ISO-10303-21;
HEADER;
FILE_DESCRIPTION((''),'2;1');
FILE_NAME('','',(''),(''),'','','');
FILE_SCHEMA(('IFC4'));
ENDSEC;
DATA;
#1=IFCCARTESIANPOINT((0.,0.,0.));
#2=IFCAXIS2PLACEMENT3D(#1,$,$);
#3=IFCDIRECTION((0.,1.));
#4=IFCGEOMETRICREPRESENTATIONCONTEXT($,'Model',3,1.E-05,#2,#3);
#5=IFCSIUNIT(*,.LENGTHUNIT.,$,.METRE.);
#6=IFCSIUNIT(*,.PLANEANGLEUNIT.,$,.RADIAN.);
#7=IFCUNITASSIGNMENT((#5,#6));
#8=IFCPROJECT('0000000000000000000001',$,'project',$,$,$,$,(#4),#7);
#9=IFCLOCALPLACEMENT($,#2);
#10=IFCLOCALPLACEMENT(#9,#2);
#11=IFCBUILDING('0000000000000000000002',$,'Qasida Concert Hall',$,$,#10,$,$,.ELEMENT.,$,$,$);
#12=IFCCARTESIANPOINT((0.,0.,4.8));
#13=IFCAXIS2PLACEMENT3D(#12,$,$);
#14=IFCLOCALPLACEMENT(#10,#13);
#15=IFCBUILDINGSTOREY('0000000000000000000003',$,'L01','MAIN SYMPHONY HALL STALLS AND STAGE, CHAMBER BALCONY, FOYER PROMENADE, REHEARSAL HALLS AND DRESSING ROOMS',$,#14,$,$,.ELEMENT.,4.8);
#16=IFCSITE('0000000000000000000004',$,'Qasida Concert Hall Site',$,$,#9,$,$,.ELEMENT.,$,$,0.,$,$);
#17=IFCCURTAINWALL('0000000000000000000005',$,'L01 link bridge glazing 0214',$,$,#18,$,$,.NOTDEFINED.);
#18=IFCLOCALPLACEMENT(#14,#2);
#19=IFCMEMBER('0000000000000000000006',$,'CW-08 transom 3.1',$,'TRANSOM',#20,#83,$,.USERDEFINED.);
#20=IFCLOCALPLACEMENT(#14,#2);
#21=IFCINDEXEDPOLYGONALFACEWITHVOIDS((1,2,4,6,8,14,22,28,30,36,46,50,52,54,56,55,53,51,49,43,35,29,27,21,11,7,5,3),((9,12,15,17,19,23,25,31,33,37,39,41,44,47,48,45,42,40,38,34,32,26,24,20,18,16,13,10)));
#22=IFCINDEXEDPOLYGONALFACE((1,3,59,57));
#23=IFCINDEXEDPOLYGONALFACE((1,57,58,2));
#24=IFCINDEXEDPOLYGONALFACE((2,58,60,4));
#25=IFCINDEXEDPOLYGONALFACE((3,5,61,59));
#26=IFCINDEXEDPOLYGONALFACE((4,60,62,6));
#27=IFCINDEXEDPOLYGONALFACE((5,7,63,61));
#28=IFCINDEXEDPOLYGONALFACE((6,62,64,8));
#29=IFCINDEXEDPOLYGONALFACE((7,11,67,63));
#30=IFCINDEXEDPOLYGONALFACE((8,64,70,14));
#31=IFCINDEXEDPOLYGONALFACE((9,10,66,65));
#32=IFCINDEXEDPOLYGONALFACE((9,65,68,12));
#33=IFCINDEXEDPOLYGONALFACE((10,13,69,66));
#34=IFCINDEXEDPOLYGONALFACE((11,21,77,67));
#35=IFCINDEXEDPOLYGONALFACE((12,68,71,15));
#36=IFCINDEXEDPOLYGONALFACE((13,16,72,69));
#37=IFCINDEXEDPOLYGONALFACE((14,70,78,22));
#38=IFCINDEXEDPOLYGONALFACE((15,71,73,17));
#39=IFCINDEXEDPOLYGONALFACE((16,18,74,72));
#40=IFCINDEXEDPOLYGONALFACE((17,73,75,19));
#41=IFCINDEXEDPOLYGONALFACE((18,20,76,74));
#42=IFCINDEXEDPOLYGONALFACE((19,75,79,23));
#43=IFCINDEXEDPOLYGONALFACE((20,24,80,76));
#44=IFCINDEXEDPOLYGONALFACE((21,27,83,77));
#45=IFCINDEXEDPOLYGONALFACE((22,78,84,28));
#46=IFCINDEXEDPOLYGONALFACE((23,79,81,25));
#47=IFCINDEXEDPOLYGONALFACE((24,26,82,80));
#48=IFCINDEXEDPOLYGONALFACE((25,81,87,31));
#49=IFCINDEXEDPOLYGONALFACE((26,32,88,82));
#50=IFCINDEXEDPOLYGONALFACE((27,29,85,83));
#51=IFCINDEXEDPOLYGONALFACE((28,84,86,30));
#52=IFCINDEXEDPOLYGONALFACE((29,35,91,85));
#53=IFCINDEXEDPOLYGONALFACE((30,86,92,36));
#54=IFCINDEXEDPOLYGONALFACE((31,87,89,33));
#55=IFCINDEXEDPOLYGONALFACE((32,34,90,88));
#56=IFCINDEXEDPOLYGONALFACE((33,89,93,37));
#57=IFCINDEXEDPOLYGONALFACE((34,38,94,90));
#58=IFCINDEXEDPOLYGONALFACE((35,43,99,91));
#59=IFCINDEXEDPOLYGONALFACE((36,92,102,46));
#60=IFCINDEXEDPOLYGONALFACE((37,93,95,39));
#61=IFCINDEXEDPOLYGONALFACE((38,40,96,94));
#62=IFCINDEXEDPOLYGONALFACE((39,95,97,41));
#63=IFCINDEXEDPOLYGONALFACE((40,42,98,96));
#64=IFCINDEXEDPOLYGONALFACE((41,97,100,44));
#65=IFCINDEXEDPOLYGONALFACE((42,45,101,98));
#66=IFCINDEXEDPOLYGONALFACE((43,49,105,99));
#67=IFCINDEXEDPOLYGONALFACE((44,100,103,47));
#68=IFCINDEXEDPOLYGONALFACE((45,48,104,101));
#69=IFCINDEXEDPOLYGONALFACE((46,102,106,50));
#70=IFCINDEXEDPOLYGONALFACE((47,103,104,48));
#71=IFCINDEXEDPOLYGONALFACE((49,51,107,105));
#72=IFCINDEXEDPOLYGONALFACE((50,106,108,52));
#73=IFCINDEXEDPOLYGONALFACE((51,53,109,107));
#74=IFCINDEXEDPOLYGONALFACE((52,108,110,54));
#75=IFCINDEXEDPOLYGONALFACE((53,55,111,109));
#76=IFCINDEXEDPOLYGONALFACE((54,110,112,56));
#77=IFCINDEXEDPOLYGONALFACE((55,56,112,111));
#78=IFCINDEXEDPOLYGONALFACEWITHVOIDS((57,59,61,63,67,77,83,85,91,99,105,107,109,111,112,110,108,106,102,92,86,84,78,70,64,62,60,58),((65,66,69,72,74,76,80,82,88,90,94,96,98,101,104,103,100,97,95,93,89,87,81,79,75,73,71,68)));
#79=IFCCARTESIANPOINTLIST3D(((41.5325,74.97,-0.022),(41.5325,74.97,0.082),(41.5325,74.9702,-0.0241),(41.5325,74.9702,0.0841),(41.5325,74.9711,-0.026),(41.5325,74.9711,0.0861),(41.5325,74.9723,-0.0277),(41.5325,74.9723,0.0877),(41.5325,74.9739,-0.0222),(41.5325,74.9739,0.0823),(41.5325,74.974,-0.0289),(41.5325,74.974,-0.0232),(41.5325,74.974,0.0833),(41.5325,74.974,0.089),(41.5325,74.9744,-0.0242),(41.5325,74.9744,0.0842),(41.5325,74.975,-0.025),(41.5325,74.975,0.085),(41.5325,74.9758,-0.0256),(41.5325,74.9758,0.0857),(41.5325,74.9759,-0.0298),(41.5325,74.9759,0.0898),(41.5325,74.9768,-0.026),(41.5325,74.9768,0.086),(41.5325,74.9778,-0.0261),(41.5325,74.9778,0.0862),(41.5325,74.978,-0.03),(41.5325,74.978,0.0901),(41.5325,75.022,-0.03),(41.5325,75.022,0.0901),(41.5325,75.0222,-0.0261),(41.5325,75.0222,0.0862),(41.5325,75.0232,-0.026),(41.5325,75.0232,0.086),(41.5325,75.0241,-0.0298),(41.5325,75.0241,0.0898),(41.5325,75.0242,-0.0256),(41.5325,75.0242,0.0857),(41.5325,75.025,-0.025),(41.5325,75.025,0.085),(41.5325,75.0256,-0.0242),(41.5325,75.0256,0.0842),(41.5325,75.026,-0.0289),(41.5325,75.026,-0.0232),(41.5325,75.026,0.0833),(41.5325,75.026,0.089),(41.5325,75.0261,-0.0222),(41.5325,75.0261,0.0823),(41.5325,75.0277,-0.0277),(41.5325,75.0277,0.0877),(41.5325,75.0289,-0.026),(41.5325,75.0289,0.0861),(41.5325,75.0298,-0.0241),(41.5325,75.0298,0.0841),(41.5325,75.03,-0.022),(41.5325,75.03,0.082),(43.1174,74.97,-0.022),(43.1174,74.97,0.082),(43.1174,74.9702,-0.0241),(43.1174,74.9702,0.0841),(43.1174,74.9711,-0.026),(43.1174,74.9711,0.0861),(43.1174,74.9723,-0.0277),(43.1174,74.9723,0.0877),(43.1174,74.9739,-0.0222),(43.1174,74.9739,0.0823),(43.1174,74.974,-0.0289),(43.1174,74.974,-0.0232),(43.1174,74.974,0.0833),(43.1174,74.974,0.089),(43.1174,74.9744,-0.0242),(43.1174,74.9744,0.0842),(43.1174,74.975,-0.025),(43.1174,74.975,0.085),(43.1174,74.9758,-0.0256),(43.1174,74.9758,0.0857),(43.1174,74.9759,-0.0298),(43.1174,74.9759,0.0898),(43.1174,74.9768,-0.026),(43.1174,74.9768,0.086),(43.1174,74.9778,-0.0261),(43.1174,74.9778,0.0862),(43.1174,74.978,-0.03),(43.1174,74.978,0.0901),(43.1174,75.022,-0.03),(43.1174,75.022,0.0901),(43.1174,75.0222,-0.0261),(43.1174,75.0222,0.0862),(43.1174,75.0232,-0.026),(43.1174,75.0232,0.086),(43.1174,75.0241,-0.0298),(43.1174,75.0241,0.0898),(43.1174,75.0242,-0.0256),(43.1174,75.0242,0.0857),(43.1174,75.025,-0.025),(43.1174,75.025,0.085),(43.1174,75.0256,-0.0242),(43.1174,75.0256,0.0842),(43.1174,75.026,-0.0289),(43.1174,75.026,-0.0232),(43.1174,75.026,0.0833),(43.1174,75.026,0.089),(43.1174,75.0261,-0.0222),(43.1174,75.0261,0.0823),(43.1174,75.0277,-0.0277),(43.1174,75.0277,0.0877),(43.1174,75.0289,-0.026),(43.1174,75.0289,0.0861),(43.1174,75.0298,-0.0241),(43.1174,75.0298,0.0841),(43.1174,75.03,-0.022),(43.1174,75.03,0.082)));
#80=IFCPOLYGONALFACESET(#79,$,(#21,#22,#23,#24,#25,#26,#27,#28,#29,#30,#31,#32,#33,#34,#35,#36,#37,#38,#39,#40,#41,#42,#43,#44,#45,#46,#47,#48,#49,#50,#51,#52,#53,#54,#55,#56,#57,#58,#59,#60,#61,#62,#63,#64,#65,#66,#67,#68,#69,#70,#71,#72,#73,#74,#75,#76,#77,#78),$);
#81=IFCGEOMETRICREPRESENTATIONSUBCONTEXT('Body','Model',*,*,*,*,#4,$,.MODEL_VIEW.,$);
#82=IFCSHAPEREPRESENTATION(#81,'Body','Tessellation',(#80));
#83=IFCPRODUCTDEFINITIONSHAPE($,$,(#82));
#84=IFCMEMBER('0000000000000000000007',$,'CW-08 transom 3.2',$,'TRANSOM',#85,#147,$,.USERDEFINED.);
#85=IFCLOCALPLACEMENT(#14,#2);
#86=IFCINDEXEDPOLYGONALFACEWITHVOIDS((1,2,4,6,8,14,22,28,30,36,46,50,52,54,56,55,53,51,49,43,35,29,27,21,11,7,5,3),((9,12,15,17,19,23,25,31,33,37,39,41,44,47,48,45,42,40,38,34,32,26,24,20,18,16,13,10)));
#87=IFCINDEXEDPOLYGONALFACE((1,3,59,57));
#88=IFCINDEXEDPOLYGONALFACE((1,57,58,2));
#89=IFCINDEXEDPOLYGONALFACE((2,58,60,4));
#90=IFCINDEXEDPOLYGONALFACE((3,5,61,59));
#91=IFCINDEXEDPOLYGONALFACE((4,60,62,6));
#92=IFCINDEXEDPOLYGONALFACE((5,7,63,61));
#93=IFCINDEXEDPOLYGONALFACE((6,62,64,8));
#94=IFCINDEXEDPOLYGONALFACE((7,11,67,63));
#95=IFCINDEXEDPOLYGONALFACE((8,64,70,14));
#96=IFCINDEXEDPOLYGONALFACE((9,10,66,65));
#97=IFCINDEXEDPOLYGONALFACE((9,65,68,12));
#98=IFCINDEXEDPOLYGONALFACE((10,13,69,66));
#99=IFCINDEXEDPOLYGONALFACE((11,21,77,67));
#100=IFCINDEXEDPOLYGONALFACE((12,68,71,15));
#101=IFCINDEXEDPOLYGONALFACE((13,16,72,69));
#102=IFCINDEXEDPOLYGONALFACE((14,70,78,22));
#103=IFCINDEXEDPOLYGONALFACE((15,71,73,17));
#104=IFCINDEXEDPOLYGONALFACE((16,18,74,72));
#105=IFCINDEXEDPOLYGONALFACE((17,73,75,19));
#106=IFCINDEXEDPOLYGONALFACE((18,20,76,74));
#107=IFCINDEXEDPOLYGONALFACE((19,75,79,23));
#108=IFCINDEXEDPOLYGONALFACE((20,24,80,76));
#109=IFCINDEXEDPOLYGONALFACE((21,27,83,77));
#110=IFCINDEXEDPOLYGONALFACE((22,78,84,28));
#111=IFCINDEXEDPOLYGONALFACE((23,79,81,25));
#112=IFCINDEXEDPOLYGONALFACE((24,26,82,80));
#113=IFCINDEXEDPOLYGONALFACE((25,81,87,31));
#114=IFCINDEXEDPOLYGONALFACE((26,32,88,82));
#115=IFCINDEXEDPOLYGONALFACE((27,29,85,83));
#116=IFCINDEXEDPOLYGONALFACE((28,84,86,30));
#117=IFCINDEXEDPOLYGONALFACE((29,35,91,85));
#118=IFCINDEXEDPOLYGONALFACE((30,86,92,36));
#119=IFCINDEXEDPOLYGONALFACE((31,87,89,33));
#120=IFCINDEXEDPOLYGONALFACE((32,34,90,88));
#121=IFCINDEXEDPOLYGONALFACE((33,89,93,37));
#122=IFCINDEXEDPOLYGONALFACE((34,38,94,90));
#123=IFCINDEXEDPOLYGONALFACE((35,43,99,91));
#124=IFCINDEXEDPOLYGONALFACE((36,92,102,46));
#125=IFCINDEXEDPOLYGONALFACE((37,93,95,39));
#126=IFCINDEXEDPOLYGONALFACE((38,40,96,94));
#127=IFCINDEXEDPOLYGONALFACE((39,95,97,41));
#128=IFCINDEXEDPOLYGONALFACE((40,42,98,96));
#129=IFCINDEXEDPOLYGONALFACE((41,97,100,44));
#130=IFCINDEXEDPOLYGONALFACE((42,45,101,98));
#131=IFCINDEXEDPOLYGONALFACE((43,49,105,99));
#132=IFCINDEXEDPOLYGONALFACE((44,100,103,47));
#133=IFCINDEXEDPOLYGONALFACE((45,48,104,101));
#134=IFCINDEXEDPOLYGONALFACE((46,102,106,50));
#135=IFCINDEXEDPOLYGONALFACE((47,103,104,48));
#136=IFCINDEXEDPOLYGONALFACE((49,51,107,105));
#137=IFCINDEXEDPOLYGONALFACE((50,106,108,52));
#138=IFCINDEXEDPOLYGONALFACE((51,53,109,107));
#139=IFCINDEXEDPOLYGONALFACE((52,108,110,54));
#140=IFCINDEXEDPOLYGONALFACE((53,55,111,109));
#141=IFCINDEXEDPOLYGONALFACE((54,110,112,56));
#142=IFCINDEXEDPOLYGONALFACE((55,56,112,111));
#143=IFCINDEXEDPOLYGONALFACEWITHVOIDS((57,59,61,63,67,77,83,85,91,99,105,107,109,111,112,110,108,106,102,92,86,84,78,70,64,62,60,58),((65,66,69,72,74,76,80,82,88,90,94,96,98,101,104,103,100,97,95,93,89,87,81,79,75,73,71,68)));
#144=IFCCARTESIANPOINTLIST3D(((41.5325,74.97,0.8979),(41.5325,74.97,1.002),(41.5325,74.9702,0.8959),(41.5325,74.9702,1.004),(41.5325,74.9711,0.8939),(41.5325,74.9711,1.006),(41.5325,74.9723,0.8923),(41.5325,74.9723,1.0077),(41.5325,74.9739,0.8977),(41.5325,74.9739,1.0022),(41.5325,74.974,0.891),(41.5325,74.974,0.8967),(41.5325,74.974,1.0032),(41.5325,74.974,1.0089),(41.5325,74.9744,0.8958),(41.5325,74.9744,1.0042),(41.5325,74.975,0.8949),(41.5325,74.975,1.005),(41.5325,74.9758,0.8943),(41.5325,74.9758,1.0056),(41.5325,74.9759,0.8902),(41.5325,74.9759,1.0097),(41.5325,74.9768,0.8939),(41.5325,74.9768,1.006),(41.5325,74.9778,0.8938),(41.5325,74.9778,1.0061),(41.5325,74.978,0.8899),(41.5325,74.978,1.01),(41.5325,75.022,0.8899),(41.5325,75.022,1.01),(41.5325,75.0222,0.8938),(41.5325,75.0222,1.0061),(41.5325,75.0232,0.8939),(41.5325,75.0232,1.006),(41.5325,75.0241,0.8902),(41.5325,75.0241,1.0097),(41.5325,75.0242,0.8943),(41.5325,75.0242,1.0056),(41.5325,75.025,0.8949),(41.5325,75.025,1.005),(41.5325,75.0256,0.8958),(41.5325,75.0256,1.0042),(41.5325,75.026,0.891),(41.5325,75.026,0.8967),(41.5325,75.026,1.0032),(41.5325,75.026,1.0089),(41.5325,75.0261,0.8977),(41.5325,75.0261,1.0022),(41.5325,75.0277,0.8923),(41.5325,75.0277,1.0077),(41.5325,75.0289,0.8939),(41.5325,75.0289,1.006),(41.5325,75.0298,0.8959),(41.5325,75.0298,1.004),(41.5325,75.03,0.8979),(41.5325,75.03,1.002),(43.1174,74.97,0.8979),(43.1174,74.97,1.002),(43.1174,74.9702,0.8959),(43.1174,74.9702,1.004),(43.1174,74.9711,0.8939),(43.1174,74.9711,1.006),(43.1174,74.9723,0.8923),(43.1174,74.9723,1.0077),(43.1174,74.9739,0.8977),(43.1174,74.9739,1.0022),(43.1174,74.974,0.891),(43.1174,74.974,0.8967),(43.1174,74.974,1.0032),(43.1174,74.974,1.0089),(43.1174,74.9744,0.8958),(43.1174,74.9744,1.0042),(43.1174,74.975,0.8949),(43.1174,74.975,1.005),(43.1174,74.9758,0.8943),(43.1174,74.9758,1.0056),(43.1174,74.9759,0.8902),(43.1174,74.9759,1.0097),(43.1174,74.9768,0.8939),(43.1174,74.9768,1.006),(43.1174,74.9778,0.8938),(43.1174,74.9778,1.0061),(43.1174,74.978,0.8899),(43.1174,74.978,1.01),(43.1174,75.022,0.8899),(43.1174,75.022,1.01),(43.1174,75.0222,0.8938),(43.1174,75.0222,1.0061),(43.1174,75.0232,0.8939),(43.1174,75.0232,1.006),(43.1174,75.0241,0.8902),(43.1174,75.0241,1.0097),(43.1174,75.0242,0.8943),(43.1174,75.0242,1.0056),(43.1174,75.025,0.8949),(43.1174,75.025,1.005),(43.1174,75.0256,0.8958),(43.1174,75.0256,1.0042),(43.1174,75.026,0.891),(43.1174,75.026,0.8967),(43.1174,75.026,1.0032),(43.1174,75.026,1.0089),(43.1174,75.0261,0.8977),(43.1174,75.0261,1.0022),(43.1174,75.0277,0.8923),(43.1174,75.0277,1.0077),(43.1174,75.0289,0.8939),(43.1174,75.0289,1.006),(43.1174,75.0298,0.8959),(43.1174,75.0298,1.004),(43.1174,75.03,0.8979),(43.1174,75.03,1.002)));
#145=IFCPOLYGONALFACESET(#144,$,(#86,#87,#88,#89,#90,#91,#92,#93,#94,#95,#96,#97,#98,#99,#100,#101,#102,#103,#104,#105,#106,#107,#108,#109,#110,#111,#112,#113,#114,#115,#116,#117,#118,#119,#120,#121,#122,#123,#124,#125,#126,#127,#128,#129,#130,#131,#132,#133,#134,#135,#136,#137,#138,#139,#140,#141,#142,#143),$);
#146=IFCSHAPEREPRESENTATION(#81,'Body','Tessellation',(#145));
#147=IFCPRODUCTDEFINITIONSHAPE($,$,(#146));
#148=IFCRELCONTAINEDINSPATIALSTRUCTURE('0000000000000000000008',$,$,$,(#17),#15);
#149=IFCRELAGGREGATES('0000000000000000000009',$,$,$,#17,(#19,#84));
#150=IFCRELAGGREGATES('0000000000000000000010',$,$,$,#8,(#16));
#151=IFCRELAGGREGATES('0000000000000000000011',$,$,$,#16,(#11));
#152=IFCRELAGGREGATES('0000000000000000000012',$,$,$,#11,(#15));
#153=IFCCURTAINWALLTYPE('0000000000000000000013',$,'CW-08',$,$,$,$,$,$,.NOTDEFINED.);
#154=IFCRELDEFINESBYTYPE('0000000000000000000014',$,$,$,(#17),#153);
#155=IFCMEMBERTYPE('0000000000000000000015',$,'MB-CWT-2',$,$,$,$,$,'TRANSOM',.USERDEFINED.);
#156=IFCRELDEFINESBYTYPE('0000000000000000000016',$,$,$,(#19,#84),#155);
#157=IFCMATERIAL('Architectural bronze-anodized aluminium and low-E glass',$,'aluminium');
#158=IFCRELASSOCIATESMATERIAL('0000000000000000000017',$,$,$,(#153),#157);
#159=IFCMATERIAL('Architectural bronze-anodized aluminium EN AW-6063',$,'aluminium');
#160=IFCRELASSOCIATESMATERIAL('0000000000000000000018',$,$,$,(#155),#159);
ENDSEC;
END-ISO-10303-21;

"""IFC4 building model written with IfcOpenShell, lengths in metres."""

from ifc_helpers import new_model, si_unit, direction, frame, origin, origin_2d, place, context, subcontext, project, spatial, hollow_rectangle, extrude, material, material_profile, profile_set, type_object, element, aggregate, save


model = new_model("IFC4")

# Units and contexts
model_context = context("Model", 3, precision=1e-05, world=origin(), true_north=direction((0.0, 1.0)))
body_context = subcontext(model_context, "Body", "Model", "MODEL_VIEW")
ifc_project = project(units=[si_unit("LENGTHUNIT", "METRE"), si_unit("PLANEANGLEUNIT", "RADIAN")], contexts=[model_context])

# Site, building, storey
site_placement = place(None, origin())
site = spatial("IfcSite", under=ifc_project, at=site_placement, Name="Qasida Concert Hall Site", CompositionType="ELEMENT", RefElevation=0.0)
building_placement = place(site_placement, origin())
building = spatial("IfcBuilding", under=site, at=building_placement, Name="Qasida Concert Hall", CompositionType="ELEMENT")
storey_placement = place(building_placement, frame((0.0, 0.0, 4.8)))
storey = spatial("IfcBuildingStorey", under=building, at=storey_placement, Name="L01", Description="MAIN SYMPHONY HALL STALLS AND STAGE, CHAMBER BALCONY, FOYER PROMENADE, REHEARSAL HALLS AND DRESSING ROOMS", CompositionType="ELEMENT", Elevation=4.8)

# Curtain wall, members
ifc_material_1 = material(Name="Architectural bronze-anodized aluminium and low-E glass", Category="aluminium")
curtain_wall_type = type_object("IfcCurtainWallType", Name="CW-08", PredefinedType="NOTDEFINED", material=ifc_material_1)
curtain_wall_placement = place(storey_placement, origin())
curtain_wall = element("IfcCurtainWall", 1, at=curtain_wall_placement, inside=storey, type_object=curtain_wall_type, Name="L01 link bridge glazing 0214", PredefinedType="NOTDEFINED")
ifc_material_2 = material(Name="Architectural bronze-anodized aluminium EN AW-6063", Category="aluminium")
ifc_material_profile_1 = material_profile(ifc_material_2, hollow_rectangle(XDim=0.0601, YDim=0.1201, WallThickness=0.0039, InnerFilletRadius=0.0039, OuterFilletRadius=0.0081, at=origin_2d()), Name="CWT 120x60x4")
ifc_profile_set_1 = profile_set([ifc_material_profile_1], Name="Architectural bronze-anodized aluminium EN AW-6063")
member_type_1 = type_object("IfcMemberType", Name="MB-CWT-2", ElementType="TRANSOM", PredefinedType="USERDEFINED", material=ifc_profile_set_1)
member_1_placement = place(storey_placement, frame((41.5325, 75.0, 0.03), z_axis=(1.0, 0.0, 0.0), x_axis=(0.0, 1.0, 0.0)))
member_1 = element("IfcMember", 2, at=member_1_placement, type_object=member_type_1, Name="CW-08 transom 3.1", ObjectType="TRANSOM", PredefinedType="USERDEFINED", context=body_context, shape_type="SweptSolid", body=[
    extrude(hollow_rectangle(XDim=0.0601, YDim=0.1201, WallThickness=0.0039, InnerFilletRadius=0.0039, OuterFilletRadius=0.0081, at=origin_2d()), origin(), (0.0, 0.0, 1.0), 1.585),
])
member_2_placement = place(storey_placement, frame((41.5325, 75.0, 0.95), z_axis=(1.0, 0.0, 0.0), x_axis=(0.0, 1.0, 0.0)))
member_2 = element("IfcMember", 3, at=member_2_placement, type_object=member_type_1, Name="CW-08 transom 3.2", ObjectType="TRANSOM", PredefinedType="USERDEFINED", context=body_context, shape_type="SweptSolid", body=[
    extrude(hollow_rectangle(XDim=0.0601, YDim=0.1201, WallThickness=0.0039, InnerFilletRadius=0.0039, OuterFilletRadius=0.0081, at=origin_2d()), origin(), (0.0, 0.0, 1.0), 1.585),
])
aggregate(curtain_wall, [member_1, member_2])

save(model, "model.ifc")
